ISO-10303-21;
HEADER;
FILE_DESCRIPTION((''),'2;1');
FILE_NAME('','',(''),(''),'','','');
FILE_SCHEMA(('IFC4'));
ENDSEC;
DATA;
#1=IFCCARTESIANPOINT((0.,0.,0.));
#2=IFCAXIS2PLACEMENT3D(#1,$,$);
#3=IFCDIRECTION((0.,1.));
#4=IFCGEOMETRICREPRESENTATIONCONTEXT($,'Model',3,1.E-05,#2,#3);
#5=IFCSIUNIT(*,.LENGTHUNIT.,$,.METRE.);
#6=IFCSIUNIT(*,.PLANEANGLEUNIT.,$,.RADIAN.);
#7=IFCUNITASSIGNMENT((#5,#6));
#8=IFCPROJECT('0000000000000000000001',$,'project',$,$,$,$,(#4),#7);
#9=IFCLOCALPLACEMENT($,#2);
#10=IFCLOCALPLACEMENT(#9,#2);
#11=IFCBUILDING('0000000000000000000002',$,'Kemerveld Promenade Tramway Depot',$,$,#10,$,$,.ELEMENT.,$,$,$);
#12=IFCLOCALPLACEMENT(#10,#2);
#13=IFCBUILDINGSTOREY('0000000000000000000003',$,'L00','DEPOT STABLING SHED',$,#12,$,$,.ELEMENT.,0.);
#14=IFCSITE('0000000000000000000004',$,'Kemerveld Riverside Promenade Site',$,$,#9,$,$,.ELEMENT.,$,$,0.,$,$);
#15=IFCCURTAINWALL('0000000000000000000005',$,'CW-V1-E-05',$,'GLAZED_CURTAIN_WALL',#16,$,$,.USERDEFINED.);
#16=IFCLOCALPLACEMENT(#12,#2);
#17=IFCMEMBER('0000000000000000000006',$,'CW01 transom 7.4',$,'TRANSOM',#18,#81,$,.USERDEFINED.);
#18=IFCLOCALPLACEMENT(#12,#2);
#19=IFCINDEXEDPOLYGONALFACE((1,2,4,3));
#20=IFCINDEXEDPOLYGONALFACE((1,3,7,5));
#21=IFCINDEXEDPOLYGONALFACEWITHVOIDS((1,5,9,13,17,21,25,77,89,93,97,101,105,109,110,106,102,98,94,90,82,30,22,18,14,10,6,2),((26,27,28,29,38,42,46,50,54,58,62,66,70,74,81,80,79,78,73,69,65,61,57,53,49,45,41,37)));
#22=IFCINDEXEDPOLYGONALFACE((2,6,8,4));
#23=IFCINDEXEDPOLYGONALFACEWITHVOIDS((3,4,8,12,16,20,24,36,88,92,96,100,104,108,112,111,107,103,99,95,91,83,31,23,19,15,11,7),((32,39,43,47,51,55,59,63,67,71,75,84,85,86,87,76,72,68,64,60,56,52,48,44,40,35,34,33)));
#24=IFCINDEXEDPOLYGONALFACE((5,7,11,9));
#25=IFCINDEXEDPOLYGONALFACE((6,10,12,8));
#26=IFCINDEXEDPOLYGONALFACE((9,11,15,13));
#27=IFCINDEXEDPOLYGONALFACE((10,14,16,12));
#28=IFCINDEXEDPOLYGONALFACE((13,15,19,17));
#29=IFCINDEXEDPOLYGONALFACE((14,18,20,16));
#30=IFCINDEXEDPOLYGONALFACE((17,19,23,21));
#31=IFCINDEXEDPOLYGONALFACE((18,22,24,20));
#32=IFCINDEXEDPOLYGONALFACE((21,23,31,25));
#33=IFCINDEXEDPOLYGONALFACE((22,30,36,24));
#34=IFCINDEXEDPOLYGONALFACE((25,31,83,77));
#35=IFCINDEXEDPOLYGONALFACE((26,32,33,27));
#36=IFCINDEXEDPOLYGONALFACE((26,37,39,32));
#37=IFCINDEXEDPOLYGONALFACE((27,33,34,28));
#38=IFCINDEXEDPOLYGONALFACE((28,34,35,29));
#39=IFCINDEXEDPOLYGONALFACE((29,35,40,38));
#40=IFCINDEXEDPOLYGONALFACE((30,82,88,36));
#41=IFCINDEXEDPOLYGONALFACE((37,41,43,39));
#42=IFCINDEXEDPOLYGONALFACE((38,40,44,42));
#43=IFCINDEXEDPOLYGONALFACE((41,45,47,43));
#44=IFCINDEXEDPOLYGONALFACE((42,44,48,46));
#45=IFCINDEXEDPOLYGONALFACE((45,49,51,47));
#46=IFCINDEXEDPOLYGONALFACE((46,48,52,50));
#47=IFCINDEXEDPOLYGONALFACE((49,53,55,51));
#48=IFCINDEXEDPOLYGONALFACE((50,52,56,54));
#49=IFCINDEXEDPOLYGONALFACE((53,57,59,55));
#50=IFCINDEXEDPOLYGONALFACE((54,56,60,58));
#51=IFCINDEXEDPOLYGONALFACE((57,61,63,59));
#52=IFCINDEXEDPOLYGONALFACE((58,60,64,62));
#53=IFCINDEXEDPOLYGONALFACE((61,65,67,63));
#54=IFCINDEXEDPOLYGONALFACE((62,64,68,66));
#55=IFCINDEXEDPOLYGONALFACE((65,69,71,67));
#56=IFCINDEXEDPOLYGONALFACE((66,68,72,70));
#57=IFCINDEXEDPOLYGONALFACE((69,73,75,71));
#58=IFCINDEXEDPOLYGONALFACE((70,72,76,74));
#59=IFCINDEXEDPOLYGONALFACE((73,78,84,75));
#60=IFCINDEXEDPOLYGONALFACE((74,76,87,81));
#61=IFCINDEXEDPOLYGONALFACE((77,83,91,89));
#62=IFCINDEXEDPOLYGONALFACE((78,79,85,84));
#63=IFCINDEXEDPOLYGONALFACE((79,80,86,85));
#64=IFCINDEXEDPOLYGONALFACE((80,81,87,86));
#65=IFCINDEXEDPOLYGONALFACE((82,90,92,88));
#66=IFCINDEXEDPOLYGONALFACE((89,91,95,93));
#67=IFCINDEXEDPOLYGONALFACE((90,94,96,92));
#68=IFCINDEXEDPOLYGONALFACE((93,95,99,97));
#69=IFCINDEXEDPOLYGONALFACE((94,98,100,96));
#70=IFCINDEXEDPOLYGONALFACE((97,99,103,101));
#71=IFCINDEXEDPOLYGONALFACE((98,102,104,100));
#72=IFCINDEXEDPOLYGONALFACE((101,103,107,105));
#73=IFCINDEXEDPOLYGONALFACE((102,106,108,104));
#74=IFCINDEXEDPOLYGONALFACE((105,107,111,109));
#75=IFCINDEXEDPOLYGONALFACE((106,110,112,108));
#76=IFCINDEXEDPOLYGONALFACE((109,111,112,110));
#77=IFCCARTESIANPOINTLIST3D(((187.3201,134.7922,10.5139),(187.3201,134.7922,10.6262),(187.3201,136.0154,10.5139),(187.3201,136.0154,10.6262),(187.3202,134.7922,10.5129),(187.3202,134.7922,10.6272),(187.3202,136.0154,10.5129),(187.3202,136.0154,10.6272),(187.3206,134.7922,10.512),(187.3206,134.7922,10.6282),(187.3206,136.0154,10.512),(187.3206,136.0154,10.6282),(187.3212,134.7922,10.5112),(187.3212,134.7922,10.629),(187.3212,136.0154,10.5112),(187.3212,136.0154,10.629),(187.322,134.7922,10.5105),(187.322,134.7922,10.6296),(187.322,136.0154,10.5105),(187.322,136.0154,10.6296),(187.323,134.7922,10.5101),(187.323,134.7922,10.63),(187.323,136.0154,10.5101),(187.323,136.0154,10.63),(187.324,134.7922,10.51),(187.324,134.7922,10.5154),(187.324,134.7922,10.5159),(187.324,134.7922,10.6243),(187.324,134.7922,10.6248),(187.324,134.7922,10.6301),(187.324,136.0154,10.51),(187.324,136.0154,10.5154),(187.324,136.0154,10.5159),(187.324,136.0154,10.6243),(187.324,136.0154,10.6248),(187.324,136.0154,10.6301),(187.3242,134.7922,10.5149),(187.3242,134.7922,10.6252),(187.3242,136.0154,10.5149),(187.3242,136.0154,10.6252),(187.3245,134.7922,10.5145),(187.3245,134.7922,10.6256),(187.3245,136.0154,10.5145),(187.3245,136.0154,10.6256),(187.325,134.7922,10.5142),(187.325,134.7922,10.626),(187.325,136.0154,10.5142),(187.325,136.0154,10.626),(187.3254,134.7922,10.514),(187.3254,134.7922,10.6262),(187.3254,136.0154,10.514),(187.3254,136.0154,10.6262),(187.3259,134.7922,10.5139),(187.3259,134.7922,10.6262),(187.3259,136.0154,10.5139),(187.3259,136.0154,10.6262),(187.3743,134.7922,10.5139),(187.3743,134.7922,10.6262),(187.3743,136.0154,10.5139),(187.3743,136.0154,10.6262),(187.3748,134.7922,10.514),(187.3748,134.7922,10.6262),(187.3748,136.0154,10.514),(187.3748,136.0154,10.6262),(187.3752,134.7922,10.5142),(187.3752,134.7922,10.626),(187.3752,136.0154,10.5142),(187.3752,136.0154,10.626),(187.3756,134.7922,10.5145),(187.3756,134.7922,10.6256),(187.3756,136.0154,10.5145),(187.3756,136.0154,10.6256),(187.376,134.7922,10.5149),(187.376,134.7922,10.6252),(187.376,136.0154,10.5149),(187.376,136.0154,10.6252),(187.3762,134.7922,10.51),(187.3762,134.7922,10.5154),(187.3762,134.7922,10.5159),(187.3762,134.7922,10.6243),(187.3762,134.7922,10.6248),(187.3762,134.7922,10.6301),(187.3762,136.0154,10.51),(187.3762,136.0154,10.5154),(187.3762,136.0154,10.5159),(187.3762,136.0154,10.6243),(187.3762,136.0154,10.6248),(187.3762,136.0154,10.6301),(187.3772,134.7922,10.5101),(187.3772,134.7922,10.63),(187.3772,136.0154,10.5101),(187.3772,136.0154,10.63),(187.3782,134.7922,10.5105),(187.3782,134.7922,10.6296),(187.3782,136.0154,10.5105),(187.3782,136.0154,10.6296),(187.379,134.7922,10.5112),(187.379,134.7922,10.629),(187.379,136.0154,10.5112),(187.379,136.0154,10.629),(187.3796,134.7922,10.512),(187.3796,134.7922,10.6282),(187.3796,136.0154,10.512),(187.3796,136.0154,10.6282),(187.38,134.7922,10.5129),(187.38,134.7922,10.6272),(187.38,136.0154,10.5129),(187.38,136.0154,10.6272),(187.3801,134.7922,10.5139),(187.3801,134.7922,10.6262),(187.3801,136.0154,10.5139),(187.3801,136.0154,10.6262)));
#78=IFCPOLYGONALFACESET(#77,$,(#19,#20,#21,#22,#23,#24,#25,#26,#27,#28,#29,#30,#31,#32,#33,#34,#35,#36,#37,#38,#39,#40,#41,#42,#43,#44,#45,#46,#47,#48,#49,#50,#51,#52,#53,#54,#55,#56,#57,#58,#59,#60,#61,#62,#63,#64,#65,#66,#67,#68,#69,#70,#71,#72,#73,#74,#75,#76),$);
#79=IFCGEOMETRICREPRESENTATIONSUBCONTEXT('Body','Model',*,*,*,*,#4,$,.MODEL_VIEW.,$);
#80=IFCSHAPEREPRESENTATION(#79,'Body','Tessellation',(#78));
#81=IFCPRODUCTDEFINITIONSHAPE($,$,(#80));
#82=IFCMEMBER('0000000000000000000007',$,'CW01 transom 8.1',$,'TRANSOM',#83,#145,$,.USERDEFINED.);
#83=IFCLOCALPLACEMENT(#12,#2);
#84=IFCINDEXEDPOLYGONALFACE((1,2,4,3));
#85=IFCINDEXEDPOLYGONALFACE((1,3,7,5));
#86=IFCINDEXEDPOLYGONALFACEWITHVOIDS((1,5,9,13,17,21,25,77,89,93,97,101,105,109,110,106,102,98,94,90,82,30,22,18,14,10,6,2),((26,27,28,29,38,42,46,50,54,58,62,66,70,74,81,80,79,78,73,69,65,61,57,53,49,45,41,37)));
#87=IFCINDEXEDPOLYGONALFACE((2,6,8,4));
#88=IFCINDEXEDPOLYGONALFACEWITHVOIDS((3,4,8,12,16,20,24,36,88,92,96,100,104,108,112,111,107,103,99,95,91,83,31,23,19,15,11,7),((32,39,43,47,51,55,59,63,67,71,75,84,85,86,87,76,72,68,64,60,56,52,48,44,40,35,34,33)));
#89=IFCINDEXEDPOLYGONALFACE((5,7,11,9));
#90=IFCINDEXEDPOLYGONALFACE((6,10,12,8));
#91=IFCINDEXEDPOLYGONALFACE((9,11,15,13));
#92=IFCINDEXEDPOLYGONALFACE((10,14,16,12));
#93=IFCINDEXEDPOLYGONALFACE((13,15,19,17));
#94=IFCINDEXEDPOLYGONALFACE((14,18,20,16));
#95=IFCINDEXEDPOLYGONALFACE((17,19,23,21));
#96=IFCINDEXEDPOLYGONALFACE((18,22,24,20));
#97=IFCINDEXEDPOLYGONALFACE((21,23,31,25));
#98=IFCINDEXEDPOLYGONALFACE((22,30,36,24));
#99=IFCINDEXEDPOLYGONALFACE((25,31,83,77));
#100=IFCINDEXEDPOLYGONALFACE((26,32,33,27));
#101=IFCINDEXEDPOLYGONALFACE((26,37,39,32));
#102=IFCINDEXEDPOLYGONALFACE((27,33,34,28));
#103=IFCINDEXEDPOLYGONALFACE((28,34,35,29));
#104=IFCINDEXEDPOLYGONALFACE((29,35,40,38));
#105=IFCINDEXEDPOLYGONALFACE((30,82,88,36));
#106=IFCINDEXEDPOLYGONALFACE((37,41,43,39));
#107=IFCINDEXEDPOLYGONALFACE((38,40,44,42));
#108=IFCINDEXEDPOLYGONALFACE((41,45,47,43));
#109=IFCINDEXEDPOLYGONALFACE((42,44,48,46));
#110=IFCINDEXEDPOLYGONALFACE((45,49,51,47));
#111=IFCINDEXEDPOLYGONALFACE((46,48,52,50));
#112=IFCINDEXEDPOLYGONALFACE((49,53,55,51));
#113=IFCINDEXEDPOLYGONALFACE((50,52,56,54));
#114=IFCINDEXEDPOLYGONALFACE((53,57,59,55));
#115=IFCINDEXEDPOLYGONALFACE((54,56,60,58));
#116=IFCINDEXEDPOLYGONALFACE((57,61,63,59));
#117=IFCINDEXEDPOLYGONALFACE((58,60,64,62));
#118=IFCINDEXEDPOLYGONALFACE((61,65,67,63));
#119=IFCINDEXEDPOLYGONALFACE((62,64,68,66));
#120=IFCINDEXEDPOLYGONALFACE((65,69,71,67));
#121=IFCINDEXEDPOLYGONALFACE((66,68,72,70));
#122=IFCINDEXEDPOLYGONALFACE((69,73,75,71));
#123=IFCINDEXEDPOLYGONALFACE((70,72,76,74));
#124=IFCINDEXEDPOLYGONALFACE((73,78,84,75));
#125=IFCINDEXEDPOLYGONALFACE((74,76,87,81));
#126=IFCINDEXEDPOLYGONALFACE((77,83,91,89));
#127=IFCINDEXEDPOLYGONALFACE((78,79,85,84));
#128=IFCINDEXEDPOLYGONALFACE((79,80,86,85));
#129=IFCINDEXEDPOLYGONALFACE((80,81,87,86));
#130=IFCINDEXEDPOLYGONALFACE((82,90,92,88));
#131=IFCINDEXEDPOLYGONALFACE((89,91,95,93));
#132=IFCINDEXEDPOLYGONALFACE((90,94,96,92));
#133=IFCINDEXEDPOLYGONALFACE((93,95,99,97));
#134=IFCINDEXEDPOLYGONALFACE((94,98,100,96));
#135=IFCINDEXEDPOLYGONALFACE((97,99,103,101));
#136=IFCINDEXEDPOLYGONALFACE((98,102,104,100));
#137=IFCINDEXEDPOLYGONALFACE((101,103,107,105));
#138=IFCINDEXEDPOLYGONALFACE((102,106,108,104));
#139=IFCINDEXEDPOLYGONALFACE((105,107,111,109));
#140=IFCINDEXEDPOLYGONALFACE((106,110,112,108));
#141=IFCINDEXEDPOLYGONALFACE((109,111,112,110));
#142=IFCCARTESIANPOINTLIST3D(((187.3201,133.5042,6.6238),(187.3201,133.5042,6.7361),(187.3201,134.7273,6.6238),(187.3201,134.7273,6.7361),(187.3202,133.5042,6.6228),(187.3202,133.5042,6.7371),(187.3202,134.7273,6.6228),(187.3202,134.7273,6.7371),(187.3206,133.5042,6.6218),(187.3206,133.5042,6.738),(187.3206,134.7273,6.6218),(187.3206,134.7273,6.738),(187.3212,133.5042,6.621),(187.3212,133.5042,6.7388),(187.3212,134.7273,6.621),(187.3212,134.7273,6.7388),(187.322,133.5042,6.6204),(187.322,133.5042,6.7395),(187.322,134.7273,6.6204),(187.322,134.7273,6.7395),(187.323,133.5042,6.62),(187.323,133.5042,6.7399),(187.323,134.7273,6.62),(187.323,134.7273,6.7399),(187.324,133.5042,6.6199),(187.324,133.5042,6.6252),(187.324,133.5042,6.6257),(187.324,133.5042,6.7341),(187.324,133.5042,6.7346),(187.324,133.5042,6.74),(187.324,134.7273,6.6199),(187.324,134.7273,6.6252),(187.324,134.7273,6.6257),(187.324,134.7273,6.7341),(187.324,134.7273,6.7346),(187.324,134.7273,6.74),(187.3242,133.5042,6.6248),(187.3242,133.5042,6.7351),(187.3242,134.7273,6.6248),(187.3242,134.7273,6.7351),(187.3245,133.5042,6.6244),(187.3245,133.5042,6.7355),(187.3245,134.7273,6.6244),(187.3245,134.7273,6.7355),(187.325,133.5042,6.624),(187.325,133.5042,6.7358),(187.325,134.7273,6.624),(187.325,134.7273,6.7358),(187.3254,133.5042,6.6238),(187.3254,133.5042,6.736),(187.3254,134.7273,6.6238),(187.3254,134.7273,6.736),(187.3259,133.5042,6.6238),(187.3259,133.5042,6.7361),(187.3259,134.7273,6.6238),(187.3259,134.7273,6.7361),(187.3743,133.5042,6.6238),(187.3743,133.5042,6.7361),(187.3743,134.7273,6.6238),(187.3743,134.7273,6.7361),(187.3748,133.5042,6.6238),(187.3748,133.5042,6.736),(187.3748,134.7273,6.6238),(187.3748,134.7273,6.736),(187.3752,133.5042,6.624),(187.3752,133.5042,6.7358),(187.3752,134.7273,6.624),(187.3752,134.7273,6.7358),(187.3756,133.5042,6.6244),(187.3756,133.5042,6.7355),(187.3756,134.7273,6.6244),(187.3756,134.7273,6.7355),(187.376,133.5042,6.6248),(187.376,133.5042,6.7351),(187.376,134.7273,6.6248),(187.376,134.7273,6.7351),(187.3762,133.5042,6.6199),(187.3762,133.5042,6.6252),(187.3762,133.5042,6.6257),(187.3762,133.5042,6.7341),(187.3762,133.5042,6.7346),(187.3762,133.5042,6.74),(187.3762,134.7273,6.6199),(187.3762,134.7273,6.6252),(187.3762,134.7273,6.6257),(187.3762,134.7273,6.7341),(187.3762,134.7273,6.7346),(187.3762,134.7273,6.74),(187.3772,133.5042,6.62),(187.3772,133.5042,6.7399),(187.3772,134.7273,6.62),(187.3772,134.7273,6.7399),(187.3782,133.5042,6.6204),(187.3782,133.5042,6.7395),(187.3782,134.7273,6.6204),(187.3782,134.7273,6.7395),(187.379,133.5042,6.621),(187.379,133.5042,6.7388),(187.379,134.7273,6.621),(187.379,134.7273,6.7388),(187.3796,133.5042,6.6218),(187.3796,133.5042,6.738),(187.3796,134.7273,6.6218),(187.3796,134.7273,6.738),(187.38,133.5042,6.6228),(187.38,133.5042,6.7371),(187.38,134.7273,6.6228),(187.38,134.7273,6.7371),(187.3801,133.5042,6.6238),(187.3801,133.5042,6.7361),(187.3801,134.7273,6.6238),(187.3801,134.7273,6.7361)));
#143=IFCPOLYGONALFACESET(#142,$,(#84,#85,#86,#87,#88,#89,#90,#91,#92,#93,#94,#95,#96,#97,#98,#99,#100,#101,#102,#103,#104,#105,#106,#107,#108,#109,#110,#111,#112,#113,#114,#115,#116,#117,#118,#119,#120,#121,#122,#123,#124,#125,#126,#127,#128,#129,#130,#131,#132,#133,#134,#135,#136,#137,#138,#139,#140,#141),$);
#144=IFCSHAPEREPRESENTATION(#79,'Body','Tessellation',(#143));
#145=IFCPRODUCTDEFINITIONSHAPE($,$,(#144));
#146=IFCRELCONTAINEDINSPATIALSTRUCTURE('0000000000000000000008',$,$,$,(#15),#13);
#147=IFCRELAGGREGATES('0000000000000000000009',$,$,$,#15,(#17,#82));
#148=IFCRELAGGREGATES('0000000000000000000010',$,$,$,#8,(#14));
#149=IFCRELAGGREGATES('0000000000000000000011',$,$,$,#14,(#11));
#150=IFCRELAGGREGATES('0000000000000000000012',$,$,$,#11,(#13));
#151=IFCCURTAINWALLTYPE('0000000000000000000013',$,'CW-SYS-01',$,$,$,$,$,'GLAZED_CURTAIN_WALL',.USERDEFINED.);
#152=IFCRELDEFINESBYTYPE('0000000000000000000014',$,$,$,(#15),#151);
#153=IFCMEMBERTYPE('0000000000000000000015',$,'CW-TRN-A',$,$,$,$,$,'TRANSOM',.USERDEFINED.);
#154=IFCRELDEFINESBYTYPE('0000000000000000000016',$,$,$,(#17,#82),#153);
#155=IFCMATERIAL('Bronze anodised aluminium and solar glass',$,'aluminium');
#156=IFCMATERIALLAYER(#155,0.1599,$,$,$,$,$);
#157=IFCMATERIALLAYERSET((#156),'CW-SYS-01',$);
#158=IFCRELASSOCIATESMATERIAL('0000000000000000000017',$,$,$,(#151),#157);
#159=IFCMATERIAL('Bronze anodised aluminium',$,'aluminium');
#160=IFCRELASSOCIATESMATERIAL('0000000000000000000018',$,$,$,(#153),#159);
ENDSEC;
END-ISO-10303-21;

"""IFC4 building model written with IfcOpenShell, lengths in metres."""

from ifc_helpers import new_model, si_unit, direction, frame, origin, origin_2d, place, context, subcontext, project, spatial, hollow_rectangle, extrude, material, layer, layer_set, material_profile, profile_set, type_object, element, aggregate, save


model = new_model("IFC4")

# Units and contexts
model_context = context("Model", 3, precision=1e-05, world=origin(), true_north=direction((0.0, 1.0)))
body_context = subcontext(model_context, "Body", "Model", "MODEL_VIEW")
ifc_project = project(units=[si_unit("LENGTHUNIT", "METRE"), si_unit("PLANEANGLEUNIT", "RADIAN")], contexts=[model_context])

# Site, building, storey
site_placement = place(None, origin())
site = spatial("IfcSite", under=ifc_project, at=site_placement, Name="Kemerveld Riverside Promenade Site", CompositionType="ELEMENT", RefElevation=0.0)
building_placement = place(site_placement, origin())
building = spatial("IfcBuilding", under=site, at=building_placement, Name="Kemerveld Promenade Tramway Depot", CompositionType="ELEMENT")
storey_placement = place(building_placement, origin())
storey = spatial("IfcBuildingStorey", under=building, at=storey_placement, Name="L00", Description="DEPOT STABLING SHED", CompositionType="ELEMENT", Elevation=0.0)

# Curtain wall, members
ifc_material_1 = material(Name="Bronze anodised aluminium and solar glass", Category="aluminium")
ifc_layer_1 = layer(ifc_material_1, 0.1599)
ifc_layer_set_1 = layer_set([ifc_layer_1], Name="CW-SYS-01")
curtain_wall_type = type_object("IfcCurtainWallType", Name="CW-SYS-01", ElementType="GLAZED_CURTAIN_WALL", PredefinedType="USERDEFINED", material=ifc_layer_set_1)
curtain_wall_placement = place(storey_placement, origin())
curtain_wall = element("IfcCurtainWall", 1, at=curtain_wall_placement, inside=storey, type_object=curtain_wall_type, Name="CW-V1-E-05", ObjectType="GLAZED_CURTAIN_WALL", PredefinedType="USERDEFINED")
ifc_material_2 = material(Name="Bronze anodised aluminium", Category="aluminium")
ifc_material_profile_1 = material_profile(ifc_material_2, hollow_rectangle(XDim=0.0601, YDim=0.1201, WallThickness=0.0039, InnerFilletRadius=0.002, OuterFilletRadius=0.0039, at=origin_2d()), Name="CW-TRN-120x60")
ifc_profile_set_1 = profile_set([ifc_material_profile_1], Name="Bronze anodised aluminium")
member_type_1 = type_object("IfcMemberType", Name="CW-TRN-A", ElementType="TRANSOM", PredefinedType="USERDEFINED", material=ifc_profile_set_1)
member_1_placement = place(storey_placement, frame((187.3501, 136.0154, 10.5701), z_axis=(0.0, -1.0, 0.0), x_axis=(1.0, 0.0, 0.0)))
member_1 = element("IfcMember", 2, at=member_1_placement, type_object=member_type_1, Name="CW01 transom 7.4", ObjectType="TRANSOM", PredefinedType="USERDEFINED", context=body_context, shape_type="SweptSolid", body=[
    extrude(hollow_rectangle(XDim=0.0601, YDim=0.1201, WallThickness=0.0039, InnerFilletRadius=0.002, OuterFilletRadius=0.0039, at=origin_2d()), origin(), (0.0, 0.0, 1.0), 1.2231),
])
member_2_placement = place(storey_placement, frame((187.3501, 134.7273, 6.6799), z_axis=(0.0, -1.0, 0.0), x_axis=(1.0, 0.0, 0.0)))
member_2 = element("IfcMember", 3, at=member_2_placement, type_object=member_type_1, Name="CW01 transom 8.1", ObjectType="TRANSOM", PredefinedType="USERDEFINED", context=body_context, shape_type="SweptSolid", body=[
    extrude(hollow_rectangle(XDim=0.0601, YDim=0.1201, WallThickness=0.0039, InnerFilletRadius=0.002, OuterFilletRadius=0.0039, at=origin_2d()), origin(), (0.0, 0.0, 1.0), 1.2231),
])
aggregate(curtain_wall, [member_1, member_2])

save(model, "model.ifc")
